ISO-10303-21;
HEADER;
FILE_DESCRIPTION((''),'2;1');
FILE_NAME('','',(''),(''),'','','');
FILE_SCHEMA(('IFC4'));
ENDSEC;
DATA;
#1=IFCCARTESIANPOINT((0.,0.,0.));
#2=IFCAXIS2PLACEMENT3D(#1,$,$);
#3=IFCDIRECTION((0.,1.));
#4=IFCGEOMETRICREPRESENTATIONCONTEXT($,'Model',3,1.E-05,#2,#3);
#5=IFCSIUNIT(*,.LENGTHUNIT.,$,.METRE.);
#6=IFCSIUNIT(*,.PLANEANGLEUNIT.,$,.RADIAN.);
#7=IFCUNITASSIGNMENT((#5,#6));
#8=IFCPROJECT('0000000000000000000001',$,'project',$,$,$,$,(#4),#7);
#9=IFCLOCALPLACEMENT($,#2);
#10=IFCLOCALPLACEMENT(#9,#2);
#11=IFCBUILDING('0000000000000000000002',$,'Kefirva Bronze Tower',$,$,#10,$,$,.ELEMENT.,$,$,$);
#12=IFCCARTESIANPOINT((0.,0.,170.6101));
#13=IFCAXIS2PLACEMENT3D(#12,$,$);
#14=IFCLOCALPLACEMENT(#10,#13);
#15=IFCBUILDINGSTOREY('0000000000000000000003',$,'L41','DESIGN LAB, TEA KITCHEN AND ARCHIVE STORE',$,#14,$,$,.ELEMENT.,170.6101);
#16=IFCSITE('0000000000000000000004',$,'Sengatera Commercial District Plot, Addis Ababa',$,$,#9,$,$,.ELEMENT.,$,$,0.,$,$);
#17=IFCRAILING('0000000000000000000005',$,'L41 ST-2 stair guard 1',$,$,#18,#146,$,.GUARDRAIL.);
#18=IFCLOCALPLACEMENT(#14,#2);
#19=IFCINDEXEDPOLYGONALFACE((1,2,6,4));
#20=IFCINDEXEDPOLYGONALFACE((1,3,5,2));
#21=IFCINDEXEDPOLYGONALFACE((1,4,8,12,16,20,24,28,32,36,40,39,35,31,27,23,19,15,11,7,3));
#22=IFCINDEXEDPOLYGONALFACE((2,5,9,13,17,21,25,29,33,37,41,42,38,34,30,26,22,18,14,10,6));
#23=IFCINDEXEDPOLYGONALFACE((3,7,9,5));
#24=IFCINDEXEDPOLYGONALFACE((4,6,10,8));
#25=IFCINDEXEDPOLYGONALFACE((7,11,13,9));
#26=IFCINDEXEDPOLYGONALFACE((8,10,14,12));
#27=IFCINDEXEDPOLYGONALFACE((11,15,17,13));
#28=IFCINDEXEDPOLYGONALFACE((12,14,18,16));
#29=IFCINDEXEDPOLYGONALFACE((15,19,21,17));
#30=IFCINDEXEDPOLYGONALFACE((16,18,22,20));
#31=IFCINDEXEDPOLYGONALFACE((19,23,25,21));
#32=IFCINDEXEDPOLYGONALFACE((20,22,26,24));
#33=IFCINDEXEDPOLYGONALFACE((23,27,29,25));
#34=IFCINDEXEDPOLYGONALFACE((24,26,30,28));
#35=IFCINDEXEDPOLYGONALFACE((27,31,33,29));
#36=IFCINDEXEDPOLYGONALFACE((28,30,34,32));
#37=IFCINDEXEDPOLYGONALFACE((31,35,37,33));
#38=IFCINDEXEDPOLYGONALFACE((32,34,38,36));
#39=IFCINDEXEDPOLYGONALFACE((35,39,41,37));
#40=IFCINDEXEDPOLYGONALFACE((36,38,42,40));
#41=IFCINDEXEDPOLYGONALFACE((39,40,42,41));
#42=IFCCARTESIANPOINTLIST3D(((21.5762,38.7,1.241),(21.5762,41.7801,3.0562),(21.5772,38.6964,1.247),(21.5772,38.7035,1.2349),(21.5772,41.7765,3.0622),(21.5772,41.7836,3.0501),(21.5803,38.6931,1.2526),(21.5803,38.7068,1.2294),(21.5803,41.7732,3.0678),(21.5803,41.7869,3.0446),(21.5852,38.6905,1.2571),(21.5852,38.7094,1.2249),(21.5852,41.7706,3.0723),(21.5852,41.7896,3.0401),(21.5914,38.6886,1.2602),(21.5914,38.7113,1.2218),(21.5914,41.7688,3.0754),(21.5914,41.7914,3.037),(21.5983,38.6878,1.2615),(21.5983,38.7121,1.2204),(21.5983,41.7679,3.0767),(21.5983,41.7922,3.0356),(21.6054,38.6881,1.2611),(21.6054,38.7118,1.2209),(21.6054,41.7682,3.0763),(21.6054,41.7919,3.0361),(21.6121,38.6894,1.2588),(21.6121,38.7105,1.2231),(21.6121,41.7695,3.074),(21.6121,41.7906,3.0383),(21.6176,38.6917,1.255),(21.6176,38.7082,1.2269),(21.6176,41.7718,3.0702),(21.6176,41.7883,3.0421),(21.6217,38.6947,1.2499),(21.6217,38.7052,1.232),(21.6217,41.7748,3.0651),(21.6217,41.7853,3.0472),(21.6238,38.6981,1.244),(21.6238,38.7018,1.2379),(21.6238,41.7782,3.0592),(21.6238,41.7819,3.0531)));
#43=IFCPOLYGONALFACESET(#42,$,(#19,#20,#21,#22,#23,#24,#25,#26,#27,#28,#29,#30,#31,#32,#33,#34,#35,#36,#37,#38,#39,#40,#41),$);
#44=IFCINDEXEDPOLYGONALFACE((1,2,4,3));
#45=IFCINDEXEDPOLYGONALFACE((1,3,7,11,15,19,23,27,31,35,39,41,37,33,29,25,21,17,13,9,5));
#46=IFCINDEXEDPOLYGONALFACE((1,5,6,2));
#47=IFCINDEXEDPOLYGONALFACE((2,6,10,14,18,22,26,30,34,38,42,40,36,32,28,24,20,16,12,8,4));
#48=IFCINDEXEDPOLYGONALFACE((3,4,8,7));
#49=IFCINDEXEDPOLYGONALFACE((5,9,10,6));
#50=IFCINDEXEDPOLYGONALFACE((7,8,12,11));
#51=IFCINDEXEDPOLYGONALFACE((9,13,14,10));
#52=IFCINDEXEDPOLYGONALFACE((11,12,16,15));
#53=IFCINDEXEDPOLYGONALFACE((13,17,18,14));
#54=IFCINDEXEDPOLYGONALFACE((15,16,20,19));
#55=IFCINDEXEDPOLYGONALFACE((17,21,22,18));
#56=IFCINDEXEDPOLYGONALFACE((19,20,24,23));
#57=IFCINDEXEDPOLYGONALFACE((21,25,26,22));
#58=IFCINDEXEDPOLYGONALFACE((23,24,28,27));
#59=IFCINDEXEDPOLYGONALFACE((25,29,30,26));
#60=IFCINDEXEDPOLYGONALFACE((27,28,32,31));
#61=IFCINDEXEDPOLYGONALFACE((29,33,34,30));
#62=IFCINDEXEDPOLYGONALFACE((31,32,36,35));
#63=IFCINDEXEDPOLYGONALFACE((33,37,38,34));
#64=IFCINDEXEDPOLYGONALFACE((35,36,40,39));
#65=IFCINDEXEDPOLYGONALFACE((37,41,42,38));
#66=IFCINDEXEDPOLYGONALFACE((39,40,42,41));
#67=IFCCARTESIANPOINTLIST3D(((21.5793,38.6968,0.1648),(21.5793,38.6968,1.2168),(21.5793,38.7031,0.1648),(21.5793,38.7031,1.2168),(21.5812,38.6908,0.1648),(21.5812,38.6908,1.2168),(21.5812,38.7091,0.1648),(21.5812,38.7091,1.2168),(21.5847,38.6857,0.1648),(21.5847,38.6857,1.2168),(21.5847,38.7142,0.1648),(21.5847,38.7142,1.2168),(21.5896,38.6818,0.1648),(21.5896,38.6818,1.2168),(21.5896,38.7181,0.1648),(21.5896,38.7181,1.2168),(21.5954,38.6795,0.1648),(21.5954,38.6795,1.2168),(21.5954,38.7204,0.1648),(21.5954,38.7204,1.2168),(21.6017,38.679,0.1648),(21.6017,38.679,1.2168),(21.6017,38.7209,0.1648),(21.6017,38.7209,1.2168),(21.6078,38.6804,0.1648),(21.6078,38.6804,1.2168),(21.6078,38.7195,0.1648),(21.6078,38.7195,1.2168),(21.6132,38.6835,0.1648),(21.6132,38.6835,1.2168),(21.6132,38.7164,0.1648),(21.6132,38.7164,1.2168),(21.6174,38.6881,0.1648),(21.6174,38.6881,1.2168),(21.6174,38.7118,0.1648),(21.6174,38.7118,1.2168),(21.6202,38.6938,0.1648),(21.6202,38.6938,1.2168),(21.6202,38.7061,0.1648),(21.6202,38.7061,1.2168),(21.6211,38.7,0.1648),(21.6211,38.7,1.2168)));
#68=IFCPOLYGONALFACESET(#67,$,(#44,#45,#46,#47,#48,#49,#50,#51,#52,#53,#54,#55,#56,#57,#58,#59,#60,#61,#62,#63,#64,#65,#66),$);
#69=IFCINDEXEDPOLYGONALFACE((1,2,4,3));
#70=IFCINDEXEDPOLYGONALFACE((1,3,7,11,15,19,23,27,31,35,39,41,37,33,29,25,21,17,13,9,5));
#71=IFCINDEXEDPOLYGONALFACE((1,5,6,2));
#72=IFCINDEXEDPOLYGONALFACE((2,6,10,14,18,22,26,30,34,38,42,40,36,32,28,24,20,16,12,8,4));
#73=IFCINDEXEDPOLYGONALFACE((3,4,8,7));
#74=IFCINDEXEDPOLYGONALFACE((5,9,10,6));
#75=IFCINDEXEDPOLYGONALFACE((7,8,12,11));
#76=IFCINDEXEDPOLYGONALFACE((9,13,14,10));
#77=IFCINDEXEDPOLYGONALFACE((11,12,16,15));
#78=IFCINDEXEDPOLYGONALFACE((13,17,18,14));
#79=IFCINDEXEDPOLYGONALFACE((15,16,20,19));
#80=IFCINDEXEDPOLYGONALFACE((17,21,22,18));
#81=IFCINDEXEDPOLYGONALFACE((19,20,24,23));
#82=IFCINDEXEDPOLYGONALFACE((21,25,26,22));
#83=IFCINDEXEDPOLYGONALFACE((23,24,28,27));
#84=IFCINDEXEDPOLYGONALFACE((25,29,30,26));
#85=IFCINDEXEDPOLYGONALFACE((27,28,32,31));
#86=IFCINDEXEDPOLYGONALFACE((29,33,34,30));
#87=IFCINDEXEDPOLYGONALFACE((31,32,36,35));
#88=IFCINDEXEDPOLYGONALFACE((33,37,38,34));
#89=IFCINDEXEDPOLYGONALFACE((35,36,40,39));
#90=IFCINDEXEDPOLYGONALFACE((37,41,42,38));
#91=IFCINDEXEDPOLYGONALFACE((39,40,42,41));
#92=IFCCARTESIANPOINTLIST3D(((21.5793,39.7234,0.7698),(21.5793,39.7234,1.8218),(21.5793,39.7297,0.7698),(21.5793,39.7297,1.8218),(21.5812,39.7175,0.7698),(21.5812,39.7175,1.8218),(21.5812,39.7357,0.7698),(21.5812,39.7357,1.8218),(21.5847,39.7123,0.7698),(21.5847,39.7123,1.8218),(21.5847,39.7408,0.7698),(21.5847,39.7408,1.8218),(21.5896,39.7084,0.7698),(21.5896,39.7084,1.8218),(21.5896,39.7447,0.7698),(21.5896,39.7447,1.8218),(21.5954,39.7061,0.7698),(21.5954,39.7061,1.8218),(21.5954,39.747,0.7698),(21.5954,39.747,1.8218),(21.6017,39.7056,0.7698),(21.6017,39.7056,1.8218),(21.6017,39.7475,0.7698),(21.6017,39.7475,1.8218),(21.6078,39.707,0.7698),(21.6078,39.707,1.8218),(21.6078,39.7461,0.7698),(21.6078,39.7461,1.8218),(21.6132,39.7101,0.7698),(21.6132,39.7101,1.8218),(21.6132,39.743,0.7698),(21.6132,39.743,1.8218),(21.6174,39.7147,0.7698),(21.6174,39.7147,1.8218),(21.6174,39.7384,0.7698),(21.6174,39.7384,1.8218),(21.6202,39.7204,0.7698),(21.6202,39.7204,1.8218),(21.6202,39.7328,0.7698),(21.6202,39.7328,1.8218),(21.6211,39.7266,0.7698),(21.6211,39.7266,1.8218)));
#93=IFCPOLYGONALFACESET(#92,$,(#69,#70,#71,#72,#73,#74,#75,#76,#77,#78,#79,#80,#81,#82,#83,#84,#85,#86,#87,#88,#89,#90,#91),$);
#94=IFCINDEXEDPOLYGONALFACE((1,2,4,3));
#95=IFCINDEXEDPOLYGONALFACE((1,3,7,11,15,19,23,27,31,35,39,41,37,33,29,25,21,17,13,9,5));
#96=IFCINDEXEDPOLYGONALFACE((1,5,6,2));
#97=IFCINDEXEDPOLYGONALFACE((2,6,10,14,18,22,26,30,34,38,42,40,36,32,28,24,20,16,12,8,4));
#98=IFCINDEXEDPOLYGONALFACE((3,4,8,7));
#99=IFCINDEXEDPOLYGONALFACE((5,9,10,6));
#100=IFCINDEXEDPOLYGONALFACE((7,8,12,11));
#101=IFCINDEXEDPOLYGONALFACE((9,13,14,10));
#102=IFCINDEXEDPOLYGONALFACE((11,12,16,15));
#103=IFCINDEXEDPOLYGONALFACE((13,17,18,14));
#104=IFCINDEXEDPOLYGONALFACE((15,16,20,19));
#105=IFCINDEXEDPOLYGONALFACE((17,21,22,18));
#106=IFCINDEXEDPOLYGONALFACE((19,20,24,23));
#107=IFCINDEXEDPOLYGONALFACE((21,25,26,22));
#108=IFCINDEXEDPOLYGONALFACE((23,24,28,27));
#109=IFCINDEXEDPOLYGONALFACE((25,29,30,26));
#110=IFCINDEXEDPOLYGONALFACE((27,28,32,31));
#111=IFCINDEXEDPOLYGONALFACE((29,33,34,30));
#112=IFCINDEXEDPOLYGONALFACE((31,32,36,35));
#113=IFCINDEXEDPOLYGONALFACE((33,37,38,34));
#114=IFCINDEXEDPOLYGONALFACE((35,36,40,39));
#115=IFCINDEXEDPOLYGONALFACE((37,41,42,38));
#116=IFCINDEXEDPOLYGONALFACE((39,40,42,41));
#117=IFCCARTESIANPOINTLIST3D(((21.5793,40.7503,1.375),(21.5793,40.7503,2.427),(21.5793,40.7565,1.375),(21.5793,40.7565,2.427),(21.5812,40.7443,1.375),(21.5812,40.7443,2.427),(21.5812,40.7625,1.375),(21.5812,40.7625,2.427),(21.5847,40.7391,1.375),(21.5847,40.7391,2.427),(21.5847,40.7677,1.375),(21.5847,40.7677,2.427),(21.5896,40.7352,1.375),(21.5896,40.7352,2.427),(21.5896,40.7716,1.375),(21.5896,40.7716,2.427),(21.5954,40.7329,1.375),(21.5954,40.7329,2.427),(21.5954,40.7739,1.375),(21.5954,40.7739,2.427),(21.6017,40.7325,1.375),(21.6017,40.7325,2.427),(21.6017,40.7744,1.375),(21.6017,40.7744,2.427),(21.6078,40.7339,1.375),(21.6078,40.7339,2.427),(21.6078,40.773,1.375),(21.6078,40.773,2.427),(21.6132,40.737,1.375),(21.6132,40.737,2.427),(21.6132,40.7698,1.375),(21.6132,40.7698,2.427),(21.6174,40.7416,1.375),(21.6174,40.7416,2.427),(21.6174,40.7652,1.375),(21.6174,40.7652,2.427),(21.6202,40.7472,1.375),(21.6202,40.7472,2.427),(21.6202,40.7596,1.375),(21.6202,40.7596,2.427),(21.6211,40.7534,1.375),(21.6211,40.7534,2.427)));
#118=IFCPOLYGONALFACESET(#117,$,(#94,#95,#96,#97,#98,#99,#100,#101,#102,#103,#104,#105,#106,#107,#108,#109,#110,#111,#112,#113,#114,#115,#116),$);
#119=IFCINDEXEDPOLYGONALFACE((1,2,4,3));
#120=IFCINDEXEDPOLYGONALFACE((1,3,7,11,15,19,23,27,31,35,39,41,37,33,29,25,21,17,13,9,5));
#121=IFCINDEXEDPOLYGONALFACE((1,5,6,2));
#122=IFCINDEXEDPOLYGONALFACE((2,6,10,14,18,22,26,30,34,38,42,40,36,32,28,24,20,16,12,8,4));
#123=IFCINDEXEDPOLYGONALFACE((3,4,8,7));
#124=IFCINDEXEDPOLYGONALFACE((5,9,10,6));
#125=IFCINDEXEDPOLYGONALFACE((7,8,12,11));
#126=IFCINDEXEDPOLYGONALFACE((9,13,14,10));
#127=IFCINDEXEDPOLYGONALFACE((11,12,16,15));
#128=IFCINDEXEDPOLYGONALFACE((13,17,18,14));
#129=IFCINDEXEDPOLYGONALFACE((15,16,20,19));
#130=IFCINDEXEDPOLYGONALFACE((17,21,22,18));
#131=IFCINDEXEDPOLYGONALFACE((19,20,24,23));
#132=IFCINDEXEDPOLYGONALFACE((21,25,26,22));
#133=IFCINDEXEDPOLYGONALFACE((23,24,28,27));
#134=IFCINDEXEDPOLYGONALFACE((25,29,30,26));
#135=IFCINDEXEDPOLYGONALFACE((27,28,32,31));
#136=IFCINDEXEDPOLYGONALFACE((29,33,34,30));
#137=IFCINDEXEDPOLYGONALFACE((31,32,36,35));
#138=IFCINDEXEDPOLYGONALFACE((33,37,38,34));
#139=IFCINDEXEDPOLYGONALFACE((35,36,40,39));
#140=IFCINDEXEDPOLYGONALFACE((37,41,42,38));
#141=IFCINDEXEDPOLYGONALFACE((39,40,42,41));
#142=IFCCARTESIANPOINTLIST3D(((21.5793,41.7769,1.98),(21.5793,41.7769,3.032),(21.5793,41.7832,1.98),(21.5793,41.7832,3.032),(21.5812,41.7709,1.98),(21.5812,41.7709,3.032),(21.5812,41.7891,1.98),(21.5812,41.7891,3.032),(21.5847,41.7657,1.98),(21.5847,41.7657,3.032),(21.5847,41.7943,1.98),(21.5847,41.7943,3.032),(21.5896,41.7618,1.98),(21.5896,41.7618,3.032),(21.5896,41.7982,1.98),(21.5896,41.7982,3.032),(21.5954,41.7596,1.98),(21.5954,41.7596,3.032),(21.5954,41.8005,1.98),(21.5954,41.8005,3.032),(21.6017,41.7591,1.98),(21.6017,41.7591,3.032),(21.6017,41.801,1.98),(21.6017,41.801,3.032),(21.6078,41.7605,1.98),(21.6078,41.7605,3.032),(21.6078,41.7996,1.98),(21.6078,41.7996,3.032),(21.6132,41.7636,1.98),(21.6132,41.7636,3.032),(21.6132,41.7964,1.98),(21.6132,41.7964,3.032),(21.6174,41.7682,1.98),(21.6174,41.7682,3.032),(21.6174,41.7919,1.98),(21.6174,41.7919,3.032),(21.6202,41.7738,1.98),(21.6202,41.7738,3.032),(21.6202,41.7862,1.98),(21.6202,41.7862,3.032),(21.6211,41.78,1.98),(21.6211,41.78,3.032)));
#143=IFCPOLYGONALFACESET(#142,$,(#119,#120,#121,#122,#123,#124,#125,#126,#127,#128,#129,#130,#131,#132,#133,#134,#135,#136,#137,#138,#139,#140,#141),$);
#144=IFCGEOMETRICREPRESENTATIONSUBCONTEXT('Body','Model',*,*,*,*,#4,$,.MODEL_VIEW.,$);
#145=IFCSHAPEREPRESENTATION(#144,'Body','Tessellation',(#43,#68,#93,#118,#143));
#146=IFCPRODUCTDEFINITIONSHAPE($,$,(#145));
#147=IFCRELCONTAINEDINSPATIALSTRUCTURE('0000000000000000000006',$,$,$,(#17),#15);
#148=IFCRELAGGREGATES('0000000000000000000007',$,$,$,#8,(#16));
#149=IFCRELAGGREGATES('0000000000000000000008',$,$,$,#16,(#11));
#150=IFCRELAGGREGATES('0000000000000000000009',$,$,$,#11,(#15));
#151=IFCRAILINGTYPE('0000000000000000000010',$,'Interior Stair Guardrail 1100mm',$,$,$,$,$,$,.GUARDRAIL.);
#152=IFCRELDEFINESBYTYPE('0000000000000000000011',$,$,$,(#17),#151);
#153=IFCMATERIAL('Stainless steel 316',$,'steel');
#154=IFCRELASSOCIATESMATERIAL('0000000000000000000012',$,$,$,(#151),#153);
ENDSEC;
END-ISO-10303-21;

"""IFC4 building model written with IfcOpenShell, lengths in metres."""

from ifc_helpers import new_model, si_unit, direction, frame, origin, origin_2d, place, context, subcontext, project, spatial, circle, extrude, material, type_object, element, save


model = new_model("IFC4")

# Units and contexts
model_context = context("Model", 3, precision=1e-05, world=origin(), true_north=direction((0.0, 1.0)))
body_context = subcontext(model_context, "Body", "Model", "MODEL_VIEW")
ifc_project = project(units=[si_unit("LENGTHUNIT", "METRE"), si_unit("PLANEANGLEUNIT", "RADIAN")], contexts=[model_context])

# Site, building, storey
site_placement = place(None, origin())
site = spatial("IfcSite", under=ifc_project, at=site_placement, Name="Sengatera Commercial District Plot, Addis Ababa", CompositionType="ELEMENT", RefElevation=0.0)
building_placement = place(site_placement, origin())
building = spatial("IfcBuilding", under=site, at=building_placement, Name="Kefirva Bronze Tower", CompositionType="ELEMENT")
storey_placement = place(building_placement, frame((0.0, 0.0, 170.6101)))
storey = spatial("IfcBuildingStorey", under=building, at=storey_placement, Name="L41", Description="DESIGN LAB, TEA KITCHEN AND ARCHIVE STORE", CompositionType="ELEMENT", Elevation=170.6101)

# Railing
ifc_material_1 = material(Name="Stainless steel 316", Category="steel")
railing_type_1 = type_object("IfcRailingType", Name="Interior Stair Guardrail 1100mm", PredefinedType="GUARDRAIL", material=ifc_material_1)
railing_1_placement = place(storey_placement, frame((21.6001, 38.7, 0.1648)))
element("IfcRailing", 1, at=railing_1_placement, inside=storey, type_object=railing_type_1, Name="L41 ST-2 stair guard 1", PredefinedType="GUARDRAIL", context=body_context, shape_type="SweptSolid", body=[
    extrude(circle(Radius=0.0239, at=origin_2d()), frame((0.0, 0.0, 1.0762), z_axis=(0.0, 0.861521, 0.507721), x_axis=(-1.0, 0.0, 0.0)), (0.0, 0.0, 1.0), 3.5752),
    extrude(circle(Radius=0.021, at=origin_2d()), origin(), (0.0, 0.0, 1.0), 1.052),
    extrude(circle(Radius=0.021, at=origin_2d()), frame((0.0, 1.0266, 0.605)), (0.0, 0.0, 1.0), 1.052),
    extrude(circle(Radius=0.021, at=origin_2d()), frame((0.0, 2.0535, 1.2102)), (0.0, 0.0, 1.0), 1.052),
    extrude(circle(Radius=0.021, at=origin_2d()), frame((0.0, 3.0801, 1.8152)), (0.0, 0.0, 1.0), 1.052),
])

save(model, "model.ifc")
